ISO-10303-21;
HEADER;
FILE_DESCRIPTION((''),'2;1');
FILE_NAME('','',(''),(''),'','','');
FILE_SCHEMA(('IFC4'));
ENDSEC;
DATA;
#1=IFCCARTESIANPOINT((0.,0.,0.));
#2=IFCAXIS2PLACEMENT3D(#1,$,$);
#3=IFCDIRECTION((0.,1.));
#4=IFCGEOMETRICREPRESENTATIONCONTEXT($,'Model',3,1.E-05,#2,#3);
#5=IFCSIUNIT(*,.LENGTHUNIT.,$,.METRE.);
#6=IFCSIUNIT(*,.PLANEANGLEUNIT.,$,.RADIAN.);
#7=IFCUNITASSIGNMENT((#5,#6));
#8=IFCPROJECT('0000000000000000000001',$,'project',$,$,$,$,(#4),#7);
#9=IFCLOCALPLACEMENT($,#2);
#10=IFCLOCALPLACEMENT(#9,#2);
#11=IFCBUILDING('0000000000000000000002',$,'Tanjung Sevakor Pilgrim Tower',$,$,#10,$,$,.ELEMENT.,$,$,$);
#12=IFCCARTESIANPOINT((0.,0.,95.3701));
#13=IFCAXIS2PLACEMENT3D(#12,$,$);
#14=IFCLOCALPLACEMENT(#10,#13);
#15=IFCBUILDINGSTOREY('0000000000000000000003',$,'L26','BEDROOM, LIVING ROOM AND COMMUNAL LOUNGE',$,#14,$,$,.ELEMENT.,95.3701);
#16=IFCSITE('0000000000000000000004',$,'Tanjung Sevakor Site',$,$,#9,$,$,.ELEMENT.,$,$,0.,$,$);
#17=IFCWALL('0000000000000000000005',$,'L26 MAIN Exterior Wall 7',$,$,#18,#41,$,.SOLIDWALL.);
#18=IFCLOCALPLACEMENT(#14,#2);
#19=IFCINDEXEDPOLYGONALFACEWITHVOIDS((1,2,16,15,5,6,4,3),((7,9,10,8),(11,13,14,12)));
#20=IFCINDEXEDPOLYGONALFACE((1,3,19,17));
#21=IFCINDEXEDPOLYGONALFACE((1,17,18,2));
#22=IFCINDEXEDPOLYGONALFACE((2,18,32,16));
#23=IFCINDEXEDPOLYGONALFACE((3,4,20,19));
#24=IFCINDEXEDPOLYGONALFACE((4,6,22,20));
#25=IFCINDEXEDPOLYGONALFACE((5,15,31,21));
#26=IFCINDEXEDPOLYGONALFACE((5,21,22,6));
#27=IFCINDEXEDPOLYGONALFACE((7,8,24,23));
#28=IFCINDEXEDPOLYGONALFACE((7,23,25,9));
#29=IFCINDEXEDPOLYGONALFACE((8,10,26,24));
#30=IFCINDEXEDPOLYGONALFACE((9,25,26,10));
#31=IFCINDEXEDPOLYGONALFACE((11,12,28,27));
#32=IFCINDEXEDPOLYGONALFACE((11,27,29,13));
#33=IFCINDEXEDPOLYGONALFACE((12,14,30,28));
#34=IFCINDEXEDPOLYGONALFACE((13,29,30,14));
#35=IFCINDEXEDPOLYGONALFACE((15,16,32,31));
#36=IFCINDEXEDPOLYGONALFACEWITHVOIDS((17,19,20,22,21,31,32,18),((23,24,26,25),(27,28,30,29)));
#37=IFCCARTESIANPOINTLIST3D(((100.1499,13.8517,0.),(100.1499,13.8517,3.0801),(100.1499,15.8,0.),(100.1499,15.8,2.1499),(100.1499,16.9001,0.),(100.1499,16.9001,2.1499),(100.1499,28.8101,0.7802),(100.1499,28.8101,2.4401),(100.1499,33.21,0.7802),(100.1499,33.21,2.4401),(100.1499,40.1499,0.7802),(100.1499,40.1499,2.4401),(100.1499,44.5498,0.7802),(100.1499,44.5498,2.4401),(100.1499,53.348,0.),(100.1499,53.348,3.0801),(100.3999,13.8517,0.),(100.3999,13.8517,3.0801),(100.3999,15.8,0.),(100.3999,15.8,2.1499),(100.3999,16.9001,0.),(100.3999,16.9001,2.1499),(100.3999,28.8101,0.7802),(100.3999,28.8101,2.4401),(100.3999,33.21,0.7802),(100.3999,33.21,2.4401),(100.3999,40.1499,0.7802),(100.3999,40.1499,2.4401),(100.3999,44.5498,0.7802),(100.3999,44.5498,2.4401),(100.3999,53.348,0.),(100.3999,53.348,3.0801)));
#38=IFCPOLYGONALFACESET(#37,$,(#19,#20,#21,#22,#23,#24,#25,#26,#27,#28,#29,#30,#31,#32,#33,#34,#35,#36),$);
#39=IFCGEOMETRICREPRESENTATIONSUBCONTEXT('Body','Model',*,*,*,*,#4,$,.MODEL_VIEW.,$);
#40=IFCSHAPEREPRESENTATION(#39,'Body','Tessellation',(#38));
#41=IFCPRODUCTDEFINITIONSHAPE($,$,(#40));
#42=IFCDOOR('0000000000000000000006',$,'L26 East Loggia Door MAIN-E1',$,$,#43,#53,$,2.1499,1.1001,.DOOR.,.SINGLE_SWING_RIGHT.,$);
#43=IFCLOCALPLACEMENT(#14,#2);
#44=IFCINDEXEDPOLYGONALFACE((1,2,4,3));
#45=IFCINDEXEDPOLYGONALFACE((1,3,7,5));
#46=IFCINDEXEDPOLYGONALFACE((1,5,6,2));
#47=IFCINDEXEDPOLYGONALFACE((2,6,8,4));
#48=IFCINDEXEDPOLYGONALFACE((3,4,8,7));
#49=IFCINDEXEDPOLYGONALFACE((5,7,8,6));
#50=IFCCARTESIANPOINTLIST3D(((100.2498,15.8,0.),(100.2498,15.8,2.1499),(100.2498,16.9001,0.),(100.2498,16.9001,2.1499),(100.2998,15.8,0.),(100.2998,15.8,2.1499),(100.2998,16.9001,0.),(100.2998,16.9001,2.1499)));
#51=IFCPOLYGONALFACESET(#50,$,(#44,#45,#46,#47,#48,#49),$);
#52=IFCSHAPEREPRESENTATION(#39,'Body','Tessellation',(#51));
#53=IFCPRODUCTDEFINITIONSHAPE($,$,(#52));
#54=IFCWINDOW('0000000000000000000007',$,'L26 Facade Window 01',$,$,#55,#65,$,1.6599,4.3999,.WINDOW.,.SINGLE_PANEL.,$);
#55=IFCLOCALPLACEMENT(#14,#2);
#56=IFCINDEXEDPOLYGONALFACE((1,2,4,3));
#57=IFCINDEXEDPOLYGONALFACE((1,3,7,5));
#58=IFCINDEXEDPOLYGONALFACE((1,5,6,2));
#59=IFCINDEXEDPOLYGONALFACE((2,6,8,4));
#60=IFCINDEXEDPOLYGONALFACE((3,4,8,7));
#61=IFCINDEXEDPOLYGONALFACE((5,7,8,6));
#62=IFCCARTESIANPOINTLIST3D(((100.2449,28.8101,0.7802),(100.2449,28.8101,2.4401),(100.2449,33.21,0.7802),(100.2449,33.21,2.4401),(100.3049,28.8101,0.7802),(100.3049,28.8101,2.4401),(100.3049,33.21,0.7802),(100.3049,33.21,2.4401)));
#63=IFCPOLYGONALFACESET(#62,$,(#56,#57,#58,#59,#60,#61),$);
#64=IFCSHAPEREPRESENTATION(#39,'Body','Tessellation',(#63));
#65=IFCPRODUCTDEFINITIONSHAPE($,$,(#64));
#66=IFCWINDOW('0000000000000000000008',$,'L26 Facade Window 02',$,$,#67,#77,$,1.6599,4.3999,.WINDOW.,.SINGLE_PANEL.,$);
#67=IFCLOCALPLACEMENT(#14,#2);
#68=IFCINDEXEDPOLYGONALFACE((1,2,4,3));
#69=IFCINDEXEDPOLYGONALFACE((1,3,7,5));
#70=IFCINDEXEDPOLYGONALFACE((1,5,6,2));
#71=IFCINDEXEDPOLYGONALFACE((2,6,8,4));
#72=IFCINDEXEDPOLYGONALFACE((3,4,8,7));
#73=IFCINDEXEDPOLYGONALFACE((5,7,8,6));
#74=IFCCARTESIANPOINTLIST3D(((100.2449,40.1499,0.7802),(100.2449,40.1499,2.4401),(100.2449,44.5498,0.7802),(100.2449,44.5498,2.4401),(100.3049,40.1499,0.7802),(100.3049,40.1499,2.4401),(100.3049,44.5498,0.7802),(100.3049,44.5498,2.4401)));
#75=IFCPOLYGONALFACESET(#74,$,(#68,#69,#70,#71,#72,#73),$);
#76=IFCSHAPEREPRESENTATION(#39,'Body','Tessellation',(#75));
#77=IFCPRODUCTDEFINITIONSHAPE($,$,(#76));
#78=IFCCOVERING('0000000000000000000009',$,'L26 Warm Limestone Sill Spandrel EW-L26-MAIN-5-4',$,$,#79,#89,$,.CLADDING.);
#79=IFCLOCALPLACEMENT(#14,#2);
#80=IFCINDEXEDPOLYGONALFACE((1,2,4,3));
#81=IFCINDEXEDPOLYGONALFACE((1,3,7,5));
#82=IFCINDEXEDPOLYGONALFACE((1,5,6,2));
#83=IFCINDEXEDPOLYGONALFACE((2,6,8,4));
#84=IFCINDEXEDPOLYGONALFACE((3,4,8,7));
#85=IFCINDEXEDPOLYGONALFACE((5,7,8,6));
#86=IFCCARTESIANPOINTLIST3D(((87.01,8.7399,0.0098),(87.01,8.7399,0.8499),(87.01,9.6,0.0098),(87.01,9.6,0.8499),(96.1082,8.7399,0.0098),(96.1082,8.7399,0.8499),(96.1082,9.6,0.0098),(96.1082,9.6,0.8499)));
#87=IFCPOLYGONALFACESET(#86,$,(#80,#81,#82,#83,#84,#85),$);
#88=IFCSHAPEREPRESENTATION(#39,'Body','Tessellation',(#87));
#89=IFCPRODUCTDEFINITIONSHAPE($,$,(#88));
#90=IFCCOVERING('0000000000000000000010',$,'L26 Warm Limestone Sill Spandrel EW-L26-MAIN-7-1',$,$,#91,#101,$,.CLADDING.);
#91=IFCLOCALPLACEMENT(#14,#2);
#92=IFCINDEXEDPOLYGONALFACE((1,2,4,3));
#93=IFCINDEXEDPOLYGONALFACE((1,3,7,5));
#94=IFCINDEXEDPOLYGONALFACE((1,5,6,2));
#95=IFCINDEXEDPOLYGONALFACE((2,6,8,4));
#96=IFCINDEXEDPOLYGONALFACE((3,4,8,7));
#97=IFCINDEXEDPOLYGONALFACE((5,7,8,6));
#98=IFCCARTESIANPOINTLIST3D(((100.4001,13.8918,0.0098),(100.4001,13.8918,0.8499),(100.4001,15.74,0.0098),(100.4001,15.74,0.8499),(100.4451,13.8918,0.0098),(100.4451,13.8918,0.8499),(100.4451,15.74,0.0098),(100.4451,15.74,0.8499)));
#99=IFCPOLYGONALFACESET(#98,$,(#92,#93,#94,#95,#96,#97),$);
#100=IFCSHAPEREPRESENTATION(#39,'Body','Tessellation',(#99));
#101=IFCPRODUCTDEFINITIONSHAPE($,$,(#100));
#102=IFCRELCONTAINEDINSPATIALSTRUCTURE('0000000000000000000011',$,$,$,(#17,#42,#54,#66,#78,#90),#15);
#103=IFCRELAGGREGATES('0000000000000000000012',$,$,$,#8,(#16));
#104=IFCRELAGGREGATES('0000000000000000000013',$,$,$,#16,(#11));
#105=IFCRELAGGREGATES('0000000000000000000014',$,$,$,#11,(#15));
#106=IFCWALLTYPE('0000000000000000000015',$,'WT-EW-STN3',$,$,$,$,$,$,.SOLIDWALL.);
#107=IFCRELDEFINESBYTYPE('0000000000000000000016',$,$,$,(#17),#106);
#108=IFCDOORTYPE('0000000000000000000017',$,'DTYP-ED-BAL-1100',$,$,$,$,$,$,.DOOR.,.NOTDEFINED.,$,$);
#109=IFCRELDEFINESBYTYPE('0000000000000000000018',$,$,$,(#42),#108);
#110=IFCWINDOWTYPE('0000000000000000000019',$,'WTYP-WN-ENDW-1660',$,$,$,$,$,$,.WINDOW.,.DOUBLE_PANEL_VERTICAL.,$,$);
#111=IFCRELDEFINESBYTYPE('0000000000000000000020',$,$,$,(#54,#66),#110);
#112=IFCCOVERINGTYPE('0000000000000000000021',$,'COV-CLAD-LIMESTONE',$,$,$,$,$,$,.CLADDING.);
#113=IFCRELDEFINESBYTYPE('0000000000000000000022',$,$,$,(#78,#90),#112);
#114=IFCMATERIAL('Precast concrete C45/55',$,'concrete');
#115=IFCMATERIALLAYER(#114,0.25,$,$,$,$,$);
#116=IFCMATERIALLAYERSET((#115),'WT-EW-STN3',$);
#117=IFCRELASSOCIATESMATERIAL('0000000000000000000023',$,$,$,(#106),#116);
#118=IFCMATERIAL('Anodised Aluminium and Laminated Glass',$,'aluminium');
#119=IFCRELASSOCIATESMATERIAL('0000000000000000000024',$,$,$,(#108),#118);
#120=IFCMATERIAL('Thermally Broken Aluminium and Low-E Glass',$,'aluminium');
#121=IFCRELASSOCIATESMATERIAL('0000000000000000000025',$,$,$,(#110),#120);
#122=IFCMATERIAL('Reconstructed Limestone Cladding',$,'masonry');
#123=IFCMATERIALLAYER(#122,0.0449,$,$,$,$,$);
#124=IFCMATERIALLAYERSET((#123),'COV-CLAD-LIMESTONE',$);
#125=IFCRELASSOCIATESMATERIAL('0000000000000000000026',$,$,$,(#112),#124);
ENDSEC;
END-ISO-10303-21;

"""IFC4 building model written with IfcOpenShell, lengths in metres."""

from ifc_helpers import new_model, si_unit, direction, frame, frame_2d, origin, origin_2d, place, context, subcontext, project, spatial, rectangle, extrude, material, layer, layer_set, type_object, element, fill, save


model = new_model("IFC4")

# Units and contexts
model_context = context("Model", 3, precision=1e-05, world=origin(), true_north=direction((0.0, 1.0)))
body_context = subcontext(model_context, "Body", "Model", "MODEL_VIEW")
ifc_project = project(units=[si_unit("LENGTHUNIT", "METRE"), si_unit("PLANEANGLEUNIT", "RADIAN")], contexts=[model_context])

# Site, building, storey
site_placement = place(None, origin())
site = spatial("IfcSite", under=ifc_project, at=site_placement, Name="Tanjung Sevakor Site", CompositionType="ELEMENT", RefElevation=0.0)
building_placement = place(site_placement, origin())
building = spatial("IfcBuilding", under=site, at=building_placement, Name="Tanjung Sevakor Pilgrim Tower", CompositionType="ELEMENT")
storey_placement = place(building_placement, frame((0.0, 0.0, 95.3701)))
storey = spatial("IfcBuildingStorey", under=building, at=storey_placement, Name="L26", Description="BEDROOM, LIVING ROOM AND COMMUNAL LOUNGE", CompositionType="ELEMENT", Elevation=95.3701)

# Wall, openings, door, windows
ifc_material_1 = material(Name="Precast concrete C45/55", Category="concrete")
ifc_layer_1 = layer(ifc_material_1, 0.25)
ifc_layer_set_1 = layer_set([ifc_layer_1], Name="WT-EW-STN3")
wall_type_1 = type_object("IfcWallType", Name="WT-EW-STN3", PredefinedType="SOLIDWALL", material=ifc_layer_set_1)
wall_1_placement = place(storey_placement, frame((100.2749, 13.8518, 0.0), z_axis=(0.0, 0.0, 1.0), x_axis=(0.0, 1.0, 0.0)))
wall_1 = element("IfcWall", 1, at=wall_1_placement, inside=storey, type_object=wall_type_1, Name="L26 MAIN Exterior Wall 7", PredefinedType="SOLIDWALL", context=body_context, shape_type="SweptSolid", body=[
    extrude(rectangle(XDim=39.4963, YDim=0.25, at=frame_2d((19.748, 0.0))), origin(), (0.0, 0.0, 1.0), 3.0801),
])
opening_1_placement = place(wall_1_placement, frame((1.9482, 0.0, 0.0)))
opening_1 = element("IfcOpeningElement", 2, at=opening_1_placement, cuts=wall_1, PredefinedType="OPENING", context=body_context, shape_type="SweptSolid", body=[
    extrude(rectangle(XDim=1.1001, YDim=2.1499, at=frame_2d((0.55, 1.075))), frame((0.0, 0.135, 0.0), z_axis=(0.0, -1.0, 0.0), x_axis=(1.0, 0.0, 0.0)), (0.0, 0.0, 1.0), 0.27),
])
opening_2_placement = place(wall_1_placement, frame((14.9583, 0.0, 0.78)))
opening_2 = element("IfcOpeningElement", 3, at=opening_2_placement, cuts=wall_1, PredefinedType="OPENING", context=body_context, shape_type="SweptSolid", body=[
    extrude(rectangle(XDim=4.3999, YDim=1.6599, at=frame_2d((2.2, 0.8301))), frame((0.0, 0.135, 0.0), z_axis=(0.0, -1.0, 0.0), x_axis=(1.0, 0.0, 0.0)), (0.0, 0.0, 1.0), 0.27),
])
opening_3_placement = place(wall_1_placement, frame((26.2981, 0.0, 0.78)))
opening_3 = element("IfcOpeningElement", 4, at=opening_3_placement, cuts=wall_1, PredefinedType="OPENING", context=body_context, shape_type="SweptSolid", body=[
    extrude(rectangle(XDim=4.3999, YDim=1.6599, at=frame_2d((2.2, 0.8301))), frame((0.0, 0.135, 0.0), z_axis=(0.0, -1.0, 0.0), x_axis=(1.0, 0.0, 0.0)), (0.0, 0.0, 1.0), 0.27),
])
ifc_material_2 = material(Name="Anodised Aluminium and Laminated Glass", Category="aluminium")
door_type_1 = type_object("IfcDoorType", Name="DTYP-ED-BAL-1100", OperationType="NOTDEFINED", PredefinedType="DOOR", material=ifc_material_2)
door_1_placement = place(opening_1_placement, frame((1.1001, 0.0, 0.0), z_axis=(0.0, 0.0, 1.0), x_axis=(-1.0, 0.0, 0.0)))
door_1 = element("IfcDoor", 5, at=door_1_placement, inside=storey, type_object=door_type_1, Name="L26 East Loggia Door MAIN-E1", OperationType="SINGLE_SWING_RIGHT", OverallHeight=2.1499, OverallWidth=1.1001, PredefinedType="DOOR", context=body_context, shape_type="SweptSolid", body=[
    extrude(rectangle(XDim=1.1001, YDim=2.1499, at=frame_2d((0.55, 1.075))), frame((0.0, 0.0249, 0.0), z_axis=(0.0, -1.0, 0.0), x_axis=(1.0, 0.0, 0.0)), (0.0, 0.0, 1.0), 0.05),
])
fill(opening_1, door_1)
ifc_material_3 = material(Name="Thermally Broken Aluminium and Low-E Glass", Category="aluminium")
window_type = type_object("IfcWindowType", Name="WTYP-WN-ENDW-1660", PartitioningType="DOUBLE_PANEL_VERTICAL", PredefinedType="WINDOW", material=ifc_material_3)
window_1_placement = place(opening_2_placement, origin())
window_1 = element("IfcWindow", 6, at=window_1_placement, inside=storey, type_object=window_type, Name="L26 Facade Window 01", OverallHeight=1.6599, OverallWidth=4.3999, PartitioningType="SINGLE_PANEL", PredefinedType="WINDOW", context=body_context, shape_type="SweptSolid", body=[
    extrude(rectangle(XDim=4.3999, YDim=1.6599, at=frame_2d((2.2, 0.8301))), frame((0.0, 0.03, 0.0), z_axis=(0.0, -1.0, 0.0), x_axis=(1.0, 0.0, 0.0)), (0.0, 0.0, 1.0), 0.0601),
])
fill(opening_2, window_1)
window_2_placement = place(opening_3_placement, origin())
window_2 = element("IfcWindow", 7, at=window_2_placement, inside=storey, type_object=window_type, Name="L26 Facade Window 02", OverallHeight=1.6599, OverallWidth=4.3999, PartitioningType="SINGLE_PANEL", PredefinedType="WINDOW", context=body_context, shape_type="SweptSolid", body=[
    extrude(rectangle(XDim=4.3999, YDim=1.6599, at=frame_2d((2.2, 0.8301))), frame((0.0, 0.03, 0.0), z_axis=(0.0, -1.0, 0.0), x_axis=(1.0, 0.0, 0.0)), (0.0, 0.0, 1.0), 0.0601),
])
fill(opening_3, window_2)

# Coverings
ifc_material_4 = material(Name="Reconstructed Limestone Cladding", Category="masonry")
ifc_layer_2 = layer(ifc_material_4, 0.0449)
ifc_layer_set_2 = layer_set([ifc_layer_2], Name="COV-CLAD-LIMESTONE")
covering_type = type_object("IfcCoveringType", Name="COV-CLAD-LIMESTONE", PredefinedType="CLADDING", material=ifc_layer_set_2)
covering_1_placement = place(storey_placement, frame((91.5591, 9.1699, 0.0098), z_axis=(0.0, 0.0, 1.0), x_axis=(1.0, 0.0, 0.0)))
element("IfcCovering", 8, at=covering_1_placement, inside=storey, type_object=covering_type, Name="L26 Warm Limestone Sill Spandrel EW-L26-MAIN-5-4", PredefinedType="CLADDING", context=body_context, shape_type="SweptSolid", body=[
    extrude(rectangle(XDim=9.0981, YDim=0.8601, at=origin_2d()), origin(), (0.0, 0.0, 1.0), 0.8401),
])
covering_2_placement = place(storey_placement, frame((100.4226, 14.8159, 0.0098), z_axis=(0.0, 0.0, 1.0), x_axis=(0.0, 1.0, 0.0)))
element("IfcCovering", 9, at=covering_2_placement, inside=storey, type_object=covering_type, Name="L26 Warm Limestone Sill Spandrel EW-L26-MAIN-7-1", PredefinedType="CLADDING", context=body_context, shape_type="SweptSolid", body=[
    extrude(rectangle(XDim=1.8481, YDim=0.0449, at=origin_2d()), origin(), (0.0, 0.0, 1.0), 0.8401),
])

save(model, "model.ifc")
